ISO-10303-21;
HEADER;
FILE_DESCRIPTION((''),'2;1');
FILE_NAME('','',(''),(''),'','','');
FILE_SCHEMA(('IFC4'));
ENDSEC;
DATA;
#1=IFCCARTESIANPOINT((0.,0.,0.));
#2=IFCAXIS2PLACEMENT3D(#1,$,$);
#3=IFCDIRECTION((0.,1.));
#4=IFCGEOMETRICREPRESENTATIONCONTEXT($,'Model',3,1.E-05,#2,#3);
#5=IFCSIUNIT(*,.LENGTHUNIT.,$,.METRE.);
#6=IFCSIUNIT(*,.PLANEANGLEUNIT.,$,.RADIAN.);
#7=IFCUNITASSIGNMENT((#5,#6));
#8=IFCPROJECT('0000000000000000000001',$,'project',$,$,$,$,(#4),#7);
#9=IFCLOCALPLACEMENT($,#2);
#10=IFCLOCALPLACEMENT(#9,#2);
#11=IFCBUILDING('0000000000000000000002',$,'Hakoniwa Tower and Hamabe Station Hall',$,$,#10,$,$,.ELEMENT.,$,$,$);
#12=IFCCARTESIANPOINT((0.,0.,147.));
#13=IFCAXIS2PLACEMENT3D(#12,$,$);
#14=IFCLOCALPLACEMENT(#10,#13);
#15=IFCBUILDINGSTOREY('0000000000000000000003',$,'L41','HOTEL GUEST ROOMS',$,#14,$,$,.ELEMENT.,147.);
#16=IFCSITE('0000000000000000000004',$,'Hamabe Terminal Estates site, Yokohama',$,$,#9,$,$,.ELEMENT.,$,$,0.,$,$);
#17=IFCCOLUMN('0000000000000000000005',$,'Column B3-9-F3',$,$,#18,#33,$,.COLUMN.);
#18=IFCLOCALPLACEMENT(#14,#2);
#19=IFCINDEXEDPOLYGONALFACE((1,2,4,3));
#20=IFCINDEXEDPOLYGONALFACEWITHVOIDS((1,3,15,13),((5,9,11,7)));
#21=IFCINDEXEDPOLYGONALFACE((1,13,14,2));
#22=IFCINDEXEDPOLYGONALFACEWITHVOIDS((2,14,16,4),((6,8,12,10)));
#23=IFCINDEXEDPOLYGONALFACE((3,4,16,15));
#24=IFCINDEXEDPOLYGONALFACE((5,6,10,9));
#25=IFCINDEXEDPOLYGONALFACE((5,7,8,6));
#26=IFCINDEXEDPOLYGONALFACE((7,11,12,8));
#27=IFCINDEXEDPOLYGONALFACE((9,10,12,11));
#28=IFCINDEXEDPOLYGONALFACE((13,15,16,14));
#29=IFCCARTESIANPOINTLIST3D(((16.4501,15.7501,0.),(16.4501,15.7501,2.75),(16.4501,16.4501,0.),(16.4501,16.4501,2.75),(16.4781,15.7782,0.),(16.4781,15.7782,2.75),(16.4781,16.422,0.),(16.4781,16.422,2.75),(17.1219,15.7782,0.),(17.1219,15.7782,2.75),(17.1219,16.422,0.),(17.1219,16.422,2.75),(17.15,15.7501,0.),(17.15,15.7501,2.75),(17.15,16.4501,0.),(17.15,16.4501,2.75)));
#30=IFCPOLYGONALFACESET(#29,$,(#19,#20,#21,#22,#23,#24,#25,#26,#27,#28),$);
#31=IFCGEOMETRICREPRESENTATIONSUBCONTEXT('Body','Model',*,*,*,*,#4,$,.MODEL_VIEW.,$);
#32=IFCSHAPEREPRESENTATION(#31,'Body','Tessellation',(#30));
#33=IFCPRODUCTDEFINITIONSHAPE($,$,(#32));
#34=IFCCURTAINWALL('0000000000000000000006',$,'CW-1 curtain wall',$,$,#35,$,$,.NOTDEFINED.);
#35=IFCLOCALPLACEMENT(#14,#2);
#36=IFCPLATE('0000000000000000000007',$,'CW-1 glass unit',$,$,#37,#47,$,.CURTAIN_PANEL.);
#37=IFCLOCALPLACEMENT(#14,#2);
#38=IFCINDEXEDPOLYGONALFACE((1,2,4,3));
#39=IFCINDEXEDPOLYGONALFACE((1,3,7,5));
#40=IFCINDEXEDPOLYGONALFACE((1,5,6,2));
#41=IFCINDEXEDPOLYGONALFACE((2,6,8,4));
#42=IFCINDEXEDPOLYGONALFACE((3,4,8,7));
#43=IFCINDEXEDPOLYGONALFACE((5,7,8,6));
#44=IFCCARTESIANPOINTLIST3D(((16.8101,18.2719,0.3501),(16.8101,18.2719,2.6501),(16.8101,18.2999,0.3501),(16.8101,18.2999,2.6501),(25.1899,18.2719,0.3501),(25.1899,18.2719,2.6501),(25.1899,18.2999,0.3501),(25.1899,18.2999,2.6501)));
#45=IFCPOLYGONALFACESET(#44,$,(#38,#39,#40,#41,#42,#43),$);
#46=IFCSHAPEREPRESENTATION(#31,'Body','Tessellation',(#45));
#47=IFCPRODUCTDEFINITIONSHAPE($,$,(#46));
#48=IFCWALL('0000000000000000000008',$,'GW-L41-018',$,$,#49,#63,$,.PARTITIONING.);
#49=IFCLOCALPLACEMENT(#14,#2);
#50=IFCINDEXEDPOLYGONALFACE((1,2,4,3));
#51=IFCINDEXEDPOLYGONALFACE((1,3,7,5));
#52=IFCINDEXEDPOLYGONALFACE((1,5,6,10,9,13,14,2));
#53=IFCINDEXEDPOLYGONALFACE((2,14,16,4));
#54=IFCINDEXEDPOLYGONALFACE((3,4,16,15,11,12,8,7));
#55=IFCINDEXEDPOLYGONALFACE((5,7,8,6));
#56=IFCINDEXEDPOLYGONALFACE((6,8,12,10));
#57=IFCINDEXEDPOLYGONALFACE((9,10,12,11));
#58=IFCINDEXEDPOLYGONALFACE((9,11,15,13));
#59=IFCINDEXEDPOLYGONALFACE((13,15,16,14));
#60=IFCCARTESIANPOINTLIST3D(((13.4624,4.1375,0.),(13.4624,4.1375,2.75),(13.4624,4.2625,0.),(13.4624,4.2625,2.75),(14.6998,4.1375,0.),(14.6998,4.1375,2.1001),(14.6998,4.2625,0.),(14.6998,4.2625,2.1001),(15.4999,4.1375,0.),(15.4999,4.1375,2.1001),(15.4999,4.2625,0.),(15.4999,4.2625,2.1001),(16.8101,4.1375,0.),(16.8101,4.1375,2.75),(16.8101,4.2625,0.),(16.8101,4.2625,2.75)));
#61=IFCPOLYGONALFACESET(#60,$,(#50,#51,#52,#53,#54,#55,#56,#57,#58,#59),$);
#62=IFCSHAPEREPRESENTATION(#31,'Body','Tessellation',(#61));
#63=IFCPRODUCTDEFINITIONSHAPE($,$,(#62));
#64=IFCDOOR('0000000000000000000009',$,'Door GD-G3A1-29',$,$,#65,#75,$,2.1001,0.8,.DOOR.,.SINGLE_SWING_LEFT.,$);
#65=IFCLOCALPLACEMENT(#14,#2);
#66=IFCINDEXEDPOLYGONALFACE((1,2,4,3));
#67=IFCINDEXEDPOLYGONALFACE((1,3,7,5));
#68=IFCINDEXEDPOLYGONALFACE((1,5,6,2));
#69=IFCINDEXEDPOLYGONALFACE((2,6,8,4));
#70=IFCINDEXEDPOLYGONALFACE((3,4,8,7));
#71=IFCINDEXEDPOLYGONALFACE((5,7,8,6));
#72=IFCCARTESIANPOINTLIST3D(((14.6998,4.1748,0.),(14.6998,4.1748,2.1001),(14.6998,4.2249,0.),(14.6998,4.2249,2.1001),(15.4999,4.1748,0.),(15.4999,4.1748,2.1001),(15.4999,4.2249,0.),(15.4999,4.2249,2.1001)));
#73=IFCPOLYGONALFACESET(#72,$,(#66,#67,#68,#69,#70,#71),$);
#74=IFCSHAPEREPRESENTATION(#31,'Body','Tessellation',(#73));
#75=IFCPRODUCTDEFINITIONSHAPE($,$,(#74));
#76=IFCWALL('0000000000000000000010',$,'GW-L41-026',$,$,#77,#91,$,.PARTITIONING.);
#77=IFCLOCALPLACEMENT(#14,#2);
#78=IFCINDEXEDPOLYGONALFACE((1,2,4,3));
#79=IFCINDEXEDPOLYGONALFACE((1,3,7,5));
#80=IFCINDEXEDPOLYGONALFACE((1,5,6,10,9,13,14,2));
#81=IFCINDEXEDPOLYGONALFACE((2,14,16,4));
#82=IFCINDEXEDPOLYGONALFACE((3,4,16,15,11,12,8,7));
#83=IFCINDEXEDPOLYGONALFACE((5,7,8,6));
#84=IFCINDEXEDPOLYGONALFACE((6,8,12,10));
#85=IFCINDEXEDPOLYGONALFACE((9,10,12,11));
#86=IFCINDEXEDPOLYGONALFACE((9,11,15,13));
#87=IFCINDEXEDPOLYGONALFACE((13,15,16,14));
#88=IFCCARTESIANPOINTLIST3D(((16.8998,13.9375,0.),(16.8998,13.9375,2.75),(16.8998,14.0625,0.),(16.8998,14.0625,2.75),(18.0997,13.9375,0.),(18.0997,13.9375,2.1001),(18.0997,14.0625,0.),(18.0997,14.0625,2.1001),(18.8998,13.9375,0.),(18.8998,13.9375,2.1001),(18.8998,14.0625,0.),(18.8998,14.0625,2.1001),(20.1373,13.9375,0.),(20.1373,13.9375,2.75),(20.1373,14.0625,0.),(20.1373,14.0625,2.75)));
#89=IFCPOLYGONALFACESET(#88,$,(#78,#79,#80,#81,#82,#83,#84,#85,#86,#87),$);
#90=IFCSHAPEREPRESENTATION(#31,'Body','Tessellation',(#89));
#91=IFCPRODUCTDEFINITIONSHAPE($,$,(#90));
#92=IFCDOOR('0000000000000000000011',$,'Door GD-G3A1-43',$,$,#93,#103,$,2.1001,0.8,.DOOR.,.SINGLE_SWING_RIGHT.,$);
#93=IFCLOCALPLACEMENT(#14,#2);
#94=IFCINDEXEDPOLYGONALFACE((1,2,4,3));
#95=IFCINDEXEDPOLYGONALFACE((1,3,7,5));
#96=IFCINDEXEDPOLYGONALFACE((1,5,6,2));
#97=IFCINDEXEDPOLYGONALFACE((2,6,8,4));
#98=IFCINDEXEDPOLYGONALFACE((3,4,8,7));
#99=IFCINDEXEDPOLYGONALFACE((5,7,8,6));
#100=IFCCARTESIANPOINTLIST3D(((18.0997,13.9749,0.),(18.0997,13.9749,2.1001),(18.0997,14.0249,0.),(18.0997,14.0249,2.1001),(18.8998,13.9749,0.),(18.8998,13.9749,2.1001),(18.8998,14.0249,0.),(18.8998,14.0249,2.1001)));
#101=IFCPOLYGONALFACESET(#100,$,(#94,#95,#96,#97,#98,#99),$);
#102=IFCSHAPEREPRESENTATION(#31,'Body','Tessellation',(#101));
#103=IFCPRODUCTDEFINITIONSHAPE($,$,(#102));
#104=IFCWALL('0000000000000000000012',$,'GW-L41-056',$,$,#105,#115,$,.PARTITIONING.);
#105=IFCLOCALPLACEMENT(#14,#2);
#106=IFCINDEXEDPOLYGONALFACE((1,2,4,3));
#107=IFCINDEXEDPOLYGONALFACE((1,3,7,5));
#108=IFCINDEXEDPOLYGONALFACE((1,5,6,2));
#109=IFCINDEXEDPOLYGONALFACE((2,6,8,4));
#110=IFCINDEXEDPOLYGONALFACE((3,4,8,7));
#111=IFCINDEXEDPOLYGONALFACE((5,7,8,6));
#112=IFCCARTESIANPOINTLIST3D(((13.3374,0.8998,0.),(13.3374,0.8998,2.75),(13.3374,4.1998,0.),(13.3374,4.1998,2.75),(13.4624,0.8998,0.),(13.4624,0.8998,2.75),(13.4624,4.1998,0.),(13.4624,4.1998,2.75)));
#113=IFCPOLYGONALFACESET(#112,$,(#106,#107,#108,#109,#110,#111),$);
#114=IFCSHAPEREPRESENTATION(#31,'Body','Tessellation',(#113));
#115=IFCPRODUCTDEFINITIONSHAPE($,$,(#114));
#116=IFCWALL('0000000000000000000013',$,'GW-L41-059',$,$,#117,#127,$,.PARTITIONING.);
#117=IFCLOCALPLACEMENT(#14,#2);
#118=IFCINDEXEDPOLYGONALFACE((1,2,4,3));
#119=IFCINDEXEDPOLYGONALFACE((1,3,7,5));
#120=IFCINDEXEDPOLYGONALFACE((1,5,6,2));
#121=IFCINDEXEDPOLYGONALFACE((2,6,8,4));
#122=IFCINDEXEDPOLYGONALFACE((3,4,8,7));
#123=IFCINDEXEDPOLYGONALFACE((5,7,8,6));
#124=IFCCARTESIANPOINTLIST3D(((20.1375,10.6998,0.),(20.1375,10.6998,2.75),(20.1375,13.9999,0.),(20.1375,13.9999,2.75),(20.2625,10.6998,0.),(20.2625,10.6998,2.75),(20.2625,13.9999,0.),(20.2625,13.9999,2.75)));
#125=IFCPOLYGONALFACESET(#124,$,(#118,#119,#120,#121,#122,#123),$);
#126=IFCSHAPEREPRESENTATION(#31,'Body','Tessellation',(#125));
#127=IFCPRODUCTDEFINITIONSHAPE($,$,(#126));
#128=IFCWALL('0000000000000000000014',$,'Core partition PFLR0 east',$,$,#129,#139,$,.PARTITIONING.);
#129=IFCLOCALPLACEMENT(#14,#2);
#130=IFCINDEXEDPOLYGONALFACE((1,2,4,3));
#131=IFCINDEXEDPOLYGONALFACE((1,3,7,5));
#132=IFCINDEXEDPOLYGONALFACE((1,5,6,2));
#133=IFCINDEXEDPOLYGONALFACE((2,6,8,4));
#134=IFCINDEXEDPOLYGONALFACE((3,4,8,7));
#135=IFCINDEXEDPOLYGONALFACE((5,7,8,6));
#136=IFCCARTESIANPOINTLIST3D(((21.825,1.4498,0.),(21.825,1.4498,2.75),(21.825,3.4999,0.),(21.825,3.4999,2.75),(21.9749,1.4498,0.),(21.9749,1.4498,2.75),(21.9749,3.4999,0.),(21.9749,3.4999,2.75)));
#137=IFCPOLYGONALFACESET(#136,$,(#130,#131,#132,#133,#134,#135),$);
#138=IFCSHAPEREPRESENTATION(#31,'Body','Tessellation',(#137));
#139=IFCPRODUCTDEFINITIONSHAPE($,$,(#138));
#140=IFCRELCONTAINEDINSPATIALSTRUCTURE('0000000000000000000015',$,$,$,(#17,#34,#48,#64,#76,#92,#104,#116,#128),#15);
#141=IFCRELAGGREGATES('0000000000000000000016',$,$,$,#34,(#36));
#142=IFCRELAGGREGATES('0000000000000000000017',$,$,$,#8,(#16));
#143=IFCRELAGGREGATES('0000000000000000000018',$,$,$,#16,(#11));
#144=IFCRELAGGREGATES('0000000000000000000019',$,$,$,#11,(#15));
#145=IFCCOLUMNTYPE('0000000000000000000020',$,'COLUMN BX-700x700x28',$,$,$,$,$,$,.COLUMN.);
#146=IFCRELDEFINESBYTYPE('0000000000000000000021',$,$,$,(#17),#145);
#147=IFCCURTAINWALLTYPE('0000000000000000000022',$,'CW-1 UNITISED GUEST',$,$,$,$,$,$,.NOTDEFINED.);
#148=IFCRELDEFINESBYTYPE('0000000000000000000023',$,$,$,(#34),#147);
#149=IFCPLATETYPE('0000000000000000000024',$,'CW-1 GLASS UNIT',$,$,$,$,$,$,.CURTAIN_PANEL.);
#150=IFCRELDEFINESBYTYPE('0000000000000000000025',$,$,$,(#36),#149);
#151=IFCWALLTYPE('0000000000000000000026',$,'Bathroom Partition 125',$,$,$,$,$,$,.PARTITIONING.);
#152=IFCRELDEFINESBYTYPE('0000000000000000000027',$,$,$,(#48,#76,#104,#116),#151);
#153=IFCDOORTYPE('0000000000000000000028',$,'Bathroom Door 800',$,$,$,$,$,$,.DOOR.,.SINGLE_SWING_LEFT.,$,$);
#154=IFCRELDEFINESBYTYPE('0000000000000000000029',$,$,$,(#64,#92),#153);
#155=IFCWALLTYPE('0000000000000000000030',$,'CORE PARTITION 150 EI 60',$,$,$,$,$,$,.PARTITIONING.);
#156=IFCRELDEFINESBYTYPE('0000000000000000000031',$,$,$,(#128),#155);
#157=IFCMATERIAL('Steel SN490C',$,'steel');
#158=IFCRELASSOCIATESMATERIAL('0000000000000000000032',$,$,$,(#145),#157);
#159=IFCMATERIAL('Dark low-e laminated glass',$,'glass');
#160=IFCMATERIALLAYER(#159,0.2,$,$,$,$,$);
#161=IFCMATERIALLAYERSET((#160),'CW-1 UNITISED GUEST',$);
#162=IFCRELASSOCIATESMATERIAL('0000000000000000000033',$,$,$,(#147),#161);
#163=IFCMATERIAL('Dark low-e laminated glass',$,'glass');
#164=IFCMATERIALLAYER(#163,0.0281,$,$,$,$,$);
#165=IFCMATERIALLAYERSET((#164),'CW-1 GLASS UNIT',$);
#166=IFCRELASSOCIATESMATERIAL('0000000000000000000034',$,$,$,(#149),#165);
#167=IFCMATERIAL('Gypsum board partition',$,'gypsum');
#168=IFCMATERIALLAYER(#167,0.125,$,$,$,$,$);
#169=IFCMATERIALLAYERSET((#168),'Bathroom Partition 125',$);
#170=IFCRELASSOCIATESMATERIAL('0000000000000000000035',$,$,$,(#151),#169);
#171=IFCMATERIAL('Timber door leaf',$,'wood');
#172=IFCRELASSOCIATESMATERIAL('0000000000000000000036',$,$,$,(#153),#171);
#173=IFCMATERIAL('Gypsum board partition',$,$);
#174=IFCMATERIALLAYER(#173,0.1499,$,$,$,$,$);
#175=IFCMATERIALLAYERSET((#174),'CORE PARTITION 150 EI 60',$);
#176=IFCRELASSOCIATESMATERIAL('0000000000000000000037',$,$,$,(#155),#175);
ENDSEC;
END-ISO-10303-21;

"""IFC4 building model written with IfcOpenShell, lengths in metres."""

from ifc_helpers import new_model, si_unit, direction, frame, frame_2d, origin, origin_2d, place, context, subcontext, project, spatial, rectangle, hollow_rectangle, extrude, material, layer, layer_set, material_profile, profile_set, type_object, element, fill, aggregate, save


model = new_model("IFC4")

# Units and contexts
model_context = context("Model", 3, precision=1e-05, world=origin(), true_north=direction((0.0, 1.0)))
body_context = subcontext(model_context, "Body", "Model", "MODEL_VIEW")
ifc_project = project(units=[si_unit("LENGTHUNIT", "METRE"), si_unit("PLANEANGLEUNIT", "RADIAN")], contexts=[model_context])

# Site, building, storey
site_placement = place(None, origin())
site = spatial("IfcSite", under=ifc_project, at=site_placement, Name="Hamabe Terminal Estates site, Yokohama", CompositionType="ELEMENT", RefElevation=0.0)
building_placement = place(site_placement, origin())
building = spatial("IfcBuilding", under=site, at=building_placement, Name="Hakoniwa Tower and Hamabe Station Hall", CompositionType="ELEMENT")
storey_placement = place(building_placement, frame((0.0, 0.0, 147.0)))
storey = spatial("IfcBuildingStorey", under=building, at=storey_placement, Name="L41", Description="HOTEL GUEST ROOMS", CompositionType="ELEMENT", Elevation=147.0)

# Column
ifc_material_1 = material(Name="Steel SN490C", Category="steel")
ifc_material_profile = material_profile(ifc_material_1, hollow_rectangle(XDim=0.7, YDim=0.7, WallThickness=0.0281, at=origin_2d()), Name="BX-700x700x28")
ifc_profile_set = profile_set([ifc_material_profile], Name="Steel SN490C")
column_type = type_object("IfcColumnType", Name="COLUMN BX-700x700x28", PredefinedType="COLUMN", material=ifc_profile_set)
column_placement = place(storey_placement, frame((16.8, 16.1001, 0.0), z_axis=(0.0, 0.0, 1.0), x_axis=(1.0, 0.0, 0.0)))
element("IfcColumn", 1, at=column_placement, inside=storey, type_object=column_type, Name="Column B3-9-F3", PredefinedType="COLUMN", context=body_context, shape_type="SweptSolid", body=[
    extrude(hollow_rectangle(XDim=0.7, YDim=0.7, WallThickness=0.0281, at=origin_2d()), origin(), (0.0, 0.0, 1.0), 2.75),
])

# Curtain wall, plate
ifc_material_2 = material(Name="Dark low-e laminated glass", Category="glass")
ifc_layer_1 = layer(ifc_material_2, 0.2)
ifc_layer_set_1 = layer_set([ifc_layer_1], Name="CW-1 UNITISED GUEST")
curtain_wall_type = type_object("IfcCurtainWallType", Name="CW-1 UNITISED GUEST", PredefinedType="NOTDEFINED", material=ifc_layer_set_1)
curtain_wall_placement = place(storey_placement, origin())
curtain_wall = element("IfcCurtainWall", 2, at=curtain_wall_placement, inside=storey, type_object=curtain_wall_type, Name="CW-1 curtain wall", PredefinedType="NOTDEFINED")
ifc_material_3 = material(Name="Dark low-e laminated glass", Category="glass")
ifc_layer_2 = layer(ifc_material_3, 0.0281)
ifc_layer_set_2 = layer_set([ifc_layer_2], Name="CW-1 GLASS UNIT")
plate_type = type_object("IfcPlateType", Name="CW-1 GLASS UNIT", PredefinedType="CURTAIN_PANEL", material=ifc_layer_set_2)
plate_placement = place(storey_placement, frame((21.0, 18.2859, 0.3501), z_axis=(0.0, 0.0, 1.0), x_axis=(-1.0, 0.0, 0.0)))
plate = element("IfcPlate", 3, at=plate_placement, type_object=plate_type, Name="CW-1 glass unit", PredefinedType="CURTAIN_PANEL", context=body_context, shape_type="SweptSolid", body=[
    extrude(rectangle(XDim=8.3799, YDim=0.0281, at=origin_2d()), origin(), (0.0, 0.0, 1.0), 2.3),
])
aggregate(curtain_wall, [plate])

# Walls, openings, doors
ifc_material_4 = material(Name="Gypsum board partition", Category="gypsum")
ifc_layer_3 = layer(ifc_material_4, 0.125)
ifc_layer_set_3 = layer_set([ifc_layer_3], Name="Bathroom Partition 125")
wall_type_1 = type_object("IfcWallType", Name="Bathroom Partition 125", PredefinedType="PARTITIONING", material=ifc_layer_set_3)
wall_1_placement = place(storey_placement, frame((13.4624, 4.2, 0.0), z_axis=(0.0, 0.0, 1.0), x_axis=(1.0, 0.0, 0.0)))
wall_1 = element("IfcWall", 4, at=wall_1_placement, inside=storey, type_object=wall_type_1, Name="GW-L41-018", PredefinedType="PARTITIONING", context=body_context, shape_type="SweptSolid", body=[
    extrude(rectangle(XDim=3.3477, YDim=0.125, at=frame_2d((1.6738, 0.0))), origin(), (0.0, 0.0, 1.0), 2.75),
])
opening_1_placement = place(wall_1_placement, frame((1.2375, 0.0, 0.0)))
opening_1 = element("IfcOpeningElement", 5, at=opening_1_placement, cuts=wall_1, PredefinedType="OPENING", context=body_context, shape_type="SweptSolid", body=[
    extrude(rectangle(XDim=0.8, YDim=2.1001, at=frame_2d((0.3999, 1.05))), frame((0.0, 0.0725, 0.0), z_axis=(0.0, -1.0, 0.0), x_axis=(1.0, 0.0, 0.0)), (0.0, 0.0, 1.0), 0.145),
])
ifc_material_5 = material(Name="Timber door leaf", Category="wood")
door_type_1 = type_object("IfcDoorType", Name="Bathroom Door 800", OperationType="SINGLE_SWING_LEFT", PredefinedType="DOOR", material=ifc_material_5)
door_1_placement = place(opening_1_placement, origin())
door_1 = element("IfcDoor", 6, at=door_1_placement, inside=storey, type_object=door_type_1, Name="Door GD-G3A1-29", OperationType="SINGLE_SWING_LEFT", OverallHeight=2.1001, OverallWidth=0.8, PredefinedType="DOOR", context=body_context, shape_type="SweptSolid", body=[
    extrude(rectangle(XDim=0.8, YDim=2.1001, at=frame_2d((0.3999, 1.05))), frame((0.0, 0.0249, 0.0), z_axis=(0.0, -1.0, 0.0), x_axis=(1.0, 0.0, 0.0)), (0.0, 0.0, 1.0), 0.05),
])
fill(opening_1, door_1)
wall_2_placement = place(storey_placement, frame((16.8999, 14.0, 0.0), z_axis=(0.0, 0.0, 1.0), x_axis=(1.0, 0.0, 0.0)))
wall_2 = element("IfcWall", 7, at=wall_2_placement, inside=storey, type_object=wall_type_1, Name="GW-L41-026", PredefinedType="PARTITIONING", context=body_context, shape_type="SweptSolid", body=[
    extrude(rectangle(XDim=3.2375, YDim=0.125, at=frame_2d((1.6187, 0.0))), origin(), (0.0, 0.0, 1.0), 2.75),
])
opening_2_placement = place(wall_2_placement, frame((1.2, 0.0, 0.0)))
opening_2 = element("IfcOpeningElement", 8, at=opening_2_placement, cuts=wall_2, PredefinedType="OPENING", context=body_context, shape_type="SweptSolid", body=[
    extrude(rectangle(XDim=0.8, YDim=2.1001, at=frame_2d((0.3999, 1.05))), frame((0.0, 0.0725, 0.0), z_axis=(0.0, -1.0, 0.0), x_axis=(1.0, 0.0, 0.0)), (0.0, 0.0, 1.0), 0.145),
])
door_2_placement = place(opening_2_placement, origin())
door_2 = element("IfcDoor", 9, at=door_2_placement, inside=storey, type_object=door_type_1, Name="Door GD-G3A1-43", OperationType="SINGLE_SWING_RIGHT", OverallHeight=2.1001, OverallWidth=0.8, PredefinedType="DOOR", context=body_context, shape_type="SweptSolid", body=[
    extrude(rectangle(XDim=0.8, YDim=2.1001, at=frame_2d((0.3999, 1.05))), frame((0.0, 0.0249, 0.0), z_axis=(0.0, -1.0, 0.0), x_axis=(1.0, 0.0, 0.0)), (0.0, 0.0, 1.0), 0.05),
])
fill(opening_2, door_2)

# Walls
for number, where, z_axis, x_axis, name in (
    (10, (13.3999, 0.8999, 0.0), (0.0, 0.0, 1.0), (0.0, 1.0, 0.0), "GW-L41-056"),
    (11, (20.2, 10.7, 0.0), (0.0, 0.0, 1.0), (0.0, 1.0, 0.0), "GW-L41-059"),
):
    element("IfcWall", number, at=place(storey_placement, frame(where, z_axis=z_axis, x_axis=x_axis)), inside=storey, type_object=wall_type_1, Name=name, PredefinedType="PARTITIONING", context=body_context, shape_type="SweptSolid", body=[
        extrude(rectangle(XDim=3.3, YDim=0.125, at=frame_2d((1.6499, 0.0))), origin(), (0.0, 0.0, 1.0), 2.75),
    ])
ifc_material_6 = material(Name="Gypsum board partition")
ifc_layer_4 = layer(ifc_material_6, 0.1499)
ifc_layer_set_4 = layer_set([ifc_layer_4], Name="CORE PARTITION 150 EI 60")
wall_type_2 = type_object("IfcWallType", Name="CORE PARTITION 150 EI 60", PredefinedType="PARTITIONING", material=ifc_layer_set_4)
wall_3_placement = place(storey_placement, frame((21.8999, 1.45, 0.0), z_axis=(0.0, 0.0, 1.0), x_axis=(0.0, 1.0, 0.0)))
element("IfcWall", 12, at=wall_3_placement, inside=storey, type_object=wall_type_2, Name="Core partition PFLR0 east", PredefinedType="PARTITIONING", context=body_context, shape_type="SweptSolid", body=[
    extrude(rectangle(XDim=2.05, YDim=0.1499, at=frame_2d((1.0249, 0.0))), origin(), (0.0, 0.0, 1.0), 2.75),
])

save(model, "model.ifc")
